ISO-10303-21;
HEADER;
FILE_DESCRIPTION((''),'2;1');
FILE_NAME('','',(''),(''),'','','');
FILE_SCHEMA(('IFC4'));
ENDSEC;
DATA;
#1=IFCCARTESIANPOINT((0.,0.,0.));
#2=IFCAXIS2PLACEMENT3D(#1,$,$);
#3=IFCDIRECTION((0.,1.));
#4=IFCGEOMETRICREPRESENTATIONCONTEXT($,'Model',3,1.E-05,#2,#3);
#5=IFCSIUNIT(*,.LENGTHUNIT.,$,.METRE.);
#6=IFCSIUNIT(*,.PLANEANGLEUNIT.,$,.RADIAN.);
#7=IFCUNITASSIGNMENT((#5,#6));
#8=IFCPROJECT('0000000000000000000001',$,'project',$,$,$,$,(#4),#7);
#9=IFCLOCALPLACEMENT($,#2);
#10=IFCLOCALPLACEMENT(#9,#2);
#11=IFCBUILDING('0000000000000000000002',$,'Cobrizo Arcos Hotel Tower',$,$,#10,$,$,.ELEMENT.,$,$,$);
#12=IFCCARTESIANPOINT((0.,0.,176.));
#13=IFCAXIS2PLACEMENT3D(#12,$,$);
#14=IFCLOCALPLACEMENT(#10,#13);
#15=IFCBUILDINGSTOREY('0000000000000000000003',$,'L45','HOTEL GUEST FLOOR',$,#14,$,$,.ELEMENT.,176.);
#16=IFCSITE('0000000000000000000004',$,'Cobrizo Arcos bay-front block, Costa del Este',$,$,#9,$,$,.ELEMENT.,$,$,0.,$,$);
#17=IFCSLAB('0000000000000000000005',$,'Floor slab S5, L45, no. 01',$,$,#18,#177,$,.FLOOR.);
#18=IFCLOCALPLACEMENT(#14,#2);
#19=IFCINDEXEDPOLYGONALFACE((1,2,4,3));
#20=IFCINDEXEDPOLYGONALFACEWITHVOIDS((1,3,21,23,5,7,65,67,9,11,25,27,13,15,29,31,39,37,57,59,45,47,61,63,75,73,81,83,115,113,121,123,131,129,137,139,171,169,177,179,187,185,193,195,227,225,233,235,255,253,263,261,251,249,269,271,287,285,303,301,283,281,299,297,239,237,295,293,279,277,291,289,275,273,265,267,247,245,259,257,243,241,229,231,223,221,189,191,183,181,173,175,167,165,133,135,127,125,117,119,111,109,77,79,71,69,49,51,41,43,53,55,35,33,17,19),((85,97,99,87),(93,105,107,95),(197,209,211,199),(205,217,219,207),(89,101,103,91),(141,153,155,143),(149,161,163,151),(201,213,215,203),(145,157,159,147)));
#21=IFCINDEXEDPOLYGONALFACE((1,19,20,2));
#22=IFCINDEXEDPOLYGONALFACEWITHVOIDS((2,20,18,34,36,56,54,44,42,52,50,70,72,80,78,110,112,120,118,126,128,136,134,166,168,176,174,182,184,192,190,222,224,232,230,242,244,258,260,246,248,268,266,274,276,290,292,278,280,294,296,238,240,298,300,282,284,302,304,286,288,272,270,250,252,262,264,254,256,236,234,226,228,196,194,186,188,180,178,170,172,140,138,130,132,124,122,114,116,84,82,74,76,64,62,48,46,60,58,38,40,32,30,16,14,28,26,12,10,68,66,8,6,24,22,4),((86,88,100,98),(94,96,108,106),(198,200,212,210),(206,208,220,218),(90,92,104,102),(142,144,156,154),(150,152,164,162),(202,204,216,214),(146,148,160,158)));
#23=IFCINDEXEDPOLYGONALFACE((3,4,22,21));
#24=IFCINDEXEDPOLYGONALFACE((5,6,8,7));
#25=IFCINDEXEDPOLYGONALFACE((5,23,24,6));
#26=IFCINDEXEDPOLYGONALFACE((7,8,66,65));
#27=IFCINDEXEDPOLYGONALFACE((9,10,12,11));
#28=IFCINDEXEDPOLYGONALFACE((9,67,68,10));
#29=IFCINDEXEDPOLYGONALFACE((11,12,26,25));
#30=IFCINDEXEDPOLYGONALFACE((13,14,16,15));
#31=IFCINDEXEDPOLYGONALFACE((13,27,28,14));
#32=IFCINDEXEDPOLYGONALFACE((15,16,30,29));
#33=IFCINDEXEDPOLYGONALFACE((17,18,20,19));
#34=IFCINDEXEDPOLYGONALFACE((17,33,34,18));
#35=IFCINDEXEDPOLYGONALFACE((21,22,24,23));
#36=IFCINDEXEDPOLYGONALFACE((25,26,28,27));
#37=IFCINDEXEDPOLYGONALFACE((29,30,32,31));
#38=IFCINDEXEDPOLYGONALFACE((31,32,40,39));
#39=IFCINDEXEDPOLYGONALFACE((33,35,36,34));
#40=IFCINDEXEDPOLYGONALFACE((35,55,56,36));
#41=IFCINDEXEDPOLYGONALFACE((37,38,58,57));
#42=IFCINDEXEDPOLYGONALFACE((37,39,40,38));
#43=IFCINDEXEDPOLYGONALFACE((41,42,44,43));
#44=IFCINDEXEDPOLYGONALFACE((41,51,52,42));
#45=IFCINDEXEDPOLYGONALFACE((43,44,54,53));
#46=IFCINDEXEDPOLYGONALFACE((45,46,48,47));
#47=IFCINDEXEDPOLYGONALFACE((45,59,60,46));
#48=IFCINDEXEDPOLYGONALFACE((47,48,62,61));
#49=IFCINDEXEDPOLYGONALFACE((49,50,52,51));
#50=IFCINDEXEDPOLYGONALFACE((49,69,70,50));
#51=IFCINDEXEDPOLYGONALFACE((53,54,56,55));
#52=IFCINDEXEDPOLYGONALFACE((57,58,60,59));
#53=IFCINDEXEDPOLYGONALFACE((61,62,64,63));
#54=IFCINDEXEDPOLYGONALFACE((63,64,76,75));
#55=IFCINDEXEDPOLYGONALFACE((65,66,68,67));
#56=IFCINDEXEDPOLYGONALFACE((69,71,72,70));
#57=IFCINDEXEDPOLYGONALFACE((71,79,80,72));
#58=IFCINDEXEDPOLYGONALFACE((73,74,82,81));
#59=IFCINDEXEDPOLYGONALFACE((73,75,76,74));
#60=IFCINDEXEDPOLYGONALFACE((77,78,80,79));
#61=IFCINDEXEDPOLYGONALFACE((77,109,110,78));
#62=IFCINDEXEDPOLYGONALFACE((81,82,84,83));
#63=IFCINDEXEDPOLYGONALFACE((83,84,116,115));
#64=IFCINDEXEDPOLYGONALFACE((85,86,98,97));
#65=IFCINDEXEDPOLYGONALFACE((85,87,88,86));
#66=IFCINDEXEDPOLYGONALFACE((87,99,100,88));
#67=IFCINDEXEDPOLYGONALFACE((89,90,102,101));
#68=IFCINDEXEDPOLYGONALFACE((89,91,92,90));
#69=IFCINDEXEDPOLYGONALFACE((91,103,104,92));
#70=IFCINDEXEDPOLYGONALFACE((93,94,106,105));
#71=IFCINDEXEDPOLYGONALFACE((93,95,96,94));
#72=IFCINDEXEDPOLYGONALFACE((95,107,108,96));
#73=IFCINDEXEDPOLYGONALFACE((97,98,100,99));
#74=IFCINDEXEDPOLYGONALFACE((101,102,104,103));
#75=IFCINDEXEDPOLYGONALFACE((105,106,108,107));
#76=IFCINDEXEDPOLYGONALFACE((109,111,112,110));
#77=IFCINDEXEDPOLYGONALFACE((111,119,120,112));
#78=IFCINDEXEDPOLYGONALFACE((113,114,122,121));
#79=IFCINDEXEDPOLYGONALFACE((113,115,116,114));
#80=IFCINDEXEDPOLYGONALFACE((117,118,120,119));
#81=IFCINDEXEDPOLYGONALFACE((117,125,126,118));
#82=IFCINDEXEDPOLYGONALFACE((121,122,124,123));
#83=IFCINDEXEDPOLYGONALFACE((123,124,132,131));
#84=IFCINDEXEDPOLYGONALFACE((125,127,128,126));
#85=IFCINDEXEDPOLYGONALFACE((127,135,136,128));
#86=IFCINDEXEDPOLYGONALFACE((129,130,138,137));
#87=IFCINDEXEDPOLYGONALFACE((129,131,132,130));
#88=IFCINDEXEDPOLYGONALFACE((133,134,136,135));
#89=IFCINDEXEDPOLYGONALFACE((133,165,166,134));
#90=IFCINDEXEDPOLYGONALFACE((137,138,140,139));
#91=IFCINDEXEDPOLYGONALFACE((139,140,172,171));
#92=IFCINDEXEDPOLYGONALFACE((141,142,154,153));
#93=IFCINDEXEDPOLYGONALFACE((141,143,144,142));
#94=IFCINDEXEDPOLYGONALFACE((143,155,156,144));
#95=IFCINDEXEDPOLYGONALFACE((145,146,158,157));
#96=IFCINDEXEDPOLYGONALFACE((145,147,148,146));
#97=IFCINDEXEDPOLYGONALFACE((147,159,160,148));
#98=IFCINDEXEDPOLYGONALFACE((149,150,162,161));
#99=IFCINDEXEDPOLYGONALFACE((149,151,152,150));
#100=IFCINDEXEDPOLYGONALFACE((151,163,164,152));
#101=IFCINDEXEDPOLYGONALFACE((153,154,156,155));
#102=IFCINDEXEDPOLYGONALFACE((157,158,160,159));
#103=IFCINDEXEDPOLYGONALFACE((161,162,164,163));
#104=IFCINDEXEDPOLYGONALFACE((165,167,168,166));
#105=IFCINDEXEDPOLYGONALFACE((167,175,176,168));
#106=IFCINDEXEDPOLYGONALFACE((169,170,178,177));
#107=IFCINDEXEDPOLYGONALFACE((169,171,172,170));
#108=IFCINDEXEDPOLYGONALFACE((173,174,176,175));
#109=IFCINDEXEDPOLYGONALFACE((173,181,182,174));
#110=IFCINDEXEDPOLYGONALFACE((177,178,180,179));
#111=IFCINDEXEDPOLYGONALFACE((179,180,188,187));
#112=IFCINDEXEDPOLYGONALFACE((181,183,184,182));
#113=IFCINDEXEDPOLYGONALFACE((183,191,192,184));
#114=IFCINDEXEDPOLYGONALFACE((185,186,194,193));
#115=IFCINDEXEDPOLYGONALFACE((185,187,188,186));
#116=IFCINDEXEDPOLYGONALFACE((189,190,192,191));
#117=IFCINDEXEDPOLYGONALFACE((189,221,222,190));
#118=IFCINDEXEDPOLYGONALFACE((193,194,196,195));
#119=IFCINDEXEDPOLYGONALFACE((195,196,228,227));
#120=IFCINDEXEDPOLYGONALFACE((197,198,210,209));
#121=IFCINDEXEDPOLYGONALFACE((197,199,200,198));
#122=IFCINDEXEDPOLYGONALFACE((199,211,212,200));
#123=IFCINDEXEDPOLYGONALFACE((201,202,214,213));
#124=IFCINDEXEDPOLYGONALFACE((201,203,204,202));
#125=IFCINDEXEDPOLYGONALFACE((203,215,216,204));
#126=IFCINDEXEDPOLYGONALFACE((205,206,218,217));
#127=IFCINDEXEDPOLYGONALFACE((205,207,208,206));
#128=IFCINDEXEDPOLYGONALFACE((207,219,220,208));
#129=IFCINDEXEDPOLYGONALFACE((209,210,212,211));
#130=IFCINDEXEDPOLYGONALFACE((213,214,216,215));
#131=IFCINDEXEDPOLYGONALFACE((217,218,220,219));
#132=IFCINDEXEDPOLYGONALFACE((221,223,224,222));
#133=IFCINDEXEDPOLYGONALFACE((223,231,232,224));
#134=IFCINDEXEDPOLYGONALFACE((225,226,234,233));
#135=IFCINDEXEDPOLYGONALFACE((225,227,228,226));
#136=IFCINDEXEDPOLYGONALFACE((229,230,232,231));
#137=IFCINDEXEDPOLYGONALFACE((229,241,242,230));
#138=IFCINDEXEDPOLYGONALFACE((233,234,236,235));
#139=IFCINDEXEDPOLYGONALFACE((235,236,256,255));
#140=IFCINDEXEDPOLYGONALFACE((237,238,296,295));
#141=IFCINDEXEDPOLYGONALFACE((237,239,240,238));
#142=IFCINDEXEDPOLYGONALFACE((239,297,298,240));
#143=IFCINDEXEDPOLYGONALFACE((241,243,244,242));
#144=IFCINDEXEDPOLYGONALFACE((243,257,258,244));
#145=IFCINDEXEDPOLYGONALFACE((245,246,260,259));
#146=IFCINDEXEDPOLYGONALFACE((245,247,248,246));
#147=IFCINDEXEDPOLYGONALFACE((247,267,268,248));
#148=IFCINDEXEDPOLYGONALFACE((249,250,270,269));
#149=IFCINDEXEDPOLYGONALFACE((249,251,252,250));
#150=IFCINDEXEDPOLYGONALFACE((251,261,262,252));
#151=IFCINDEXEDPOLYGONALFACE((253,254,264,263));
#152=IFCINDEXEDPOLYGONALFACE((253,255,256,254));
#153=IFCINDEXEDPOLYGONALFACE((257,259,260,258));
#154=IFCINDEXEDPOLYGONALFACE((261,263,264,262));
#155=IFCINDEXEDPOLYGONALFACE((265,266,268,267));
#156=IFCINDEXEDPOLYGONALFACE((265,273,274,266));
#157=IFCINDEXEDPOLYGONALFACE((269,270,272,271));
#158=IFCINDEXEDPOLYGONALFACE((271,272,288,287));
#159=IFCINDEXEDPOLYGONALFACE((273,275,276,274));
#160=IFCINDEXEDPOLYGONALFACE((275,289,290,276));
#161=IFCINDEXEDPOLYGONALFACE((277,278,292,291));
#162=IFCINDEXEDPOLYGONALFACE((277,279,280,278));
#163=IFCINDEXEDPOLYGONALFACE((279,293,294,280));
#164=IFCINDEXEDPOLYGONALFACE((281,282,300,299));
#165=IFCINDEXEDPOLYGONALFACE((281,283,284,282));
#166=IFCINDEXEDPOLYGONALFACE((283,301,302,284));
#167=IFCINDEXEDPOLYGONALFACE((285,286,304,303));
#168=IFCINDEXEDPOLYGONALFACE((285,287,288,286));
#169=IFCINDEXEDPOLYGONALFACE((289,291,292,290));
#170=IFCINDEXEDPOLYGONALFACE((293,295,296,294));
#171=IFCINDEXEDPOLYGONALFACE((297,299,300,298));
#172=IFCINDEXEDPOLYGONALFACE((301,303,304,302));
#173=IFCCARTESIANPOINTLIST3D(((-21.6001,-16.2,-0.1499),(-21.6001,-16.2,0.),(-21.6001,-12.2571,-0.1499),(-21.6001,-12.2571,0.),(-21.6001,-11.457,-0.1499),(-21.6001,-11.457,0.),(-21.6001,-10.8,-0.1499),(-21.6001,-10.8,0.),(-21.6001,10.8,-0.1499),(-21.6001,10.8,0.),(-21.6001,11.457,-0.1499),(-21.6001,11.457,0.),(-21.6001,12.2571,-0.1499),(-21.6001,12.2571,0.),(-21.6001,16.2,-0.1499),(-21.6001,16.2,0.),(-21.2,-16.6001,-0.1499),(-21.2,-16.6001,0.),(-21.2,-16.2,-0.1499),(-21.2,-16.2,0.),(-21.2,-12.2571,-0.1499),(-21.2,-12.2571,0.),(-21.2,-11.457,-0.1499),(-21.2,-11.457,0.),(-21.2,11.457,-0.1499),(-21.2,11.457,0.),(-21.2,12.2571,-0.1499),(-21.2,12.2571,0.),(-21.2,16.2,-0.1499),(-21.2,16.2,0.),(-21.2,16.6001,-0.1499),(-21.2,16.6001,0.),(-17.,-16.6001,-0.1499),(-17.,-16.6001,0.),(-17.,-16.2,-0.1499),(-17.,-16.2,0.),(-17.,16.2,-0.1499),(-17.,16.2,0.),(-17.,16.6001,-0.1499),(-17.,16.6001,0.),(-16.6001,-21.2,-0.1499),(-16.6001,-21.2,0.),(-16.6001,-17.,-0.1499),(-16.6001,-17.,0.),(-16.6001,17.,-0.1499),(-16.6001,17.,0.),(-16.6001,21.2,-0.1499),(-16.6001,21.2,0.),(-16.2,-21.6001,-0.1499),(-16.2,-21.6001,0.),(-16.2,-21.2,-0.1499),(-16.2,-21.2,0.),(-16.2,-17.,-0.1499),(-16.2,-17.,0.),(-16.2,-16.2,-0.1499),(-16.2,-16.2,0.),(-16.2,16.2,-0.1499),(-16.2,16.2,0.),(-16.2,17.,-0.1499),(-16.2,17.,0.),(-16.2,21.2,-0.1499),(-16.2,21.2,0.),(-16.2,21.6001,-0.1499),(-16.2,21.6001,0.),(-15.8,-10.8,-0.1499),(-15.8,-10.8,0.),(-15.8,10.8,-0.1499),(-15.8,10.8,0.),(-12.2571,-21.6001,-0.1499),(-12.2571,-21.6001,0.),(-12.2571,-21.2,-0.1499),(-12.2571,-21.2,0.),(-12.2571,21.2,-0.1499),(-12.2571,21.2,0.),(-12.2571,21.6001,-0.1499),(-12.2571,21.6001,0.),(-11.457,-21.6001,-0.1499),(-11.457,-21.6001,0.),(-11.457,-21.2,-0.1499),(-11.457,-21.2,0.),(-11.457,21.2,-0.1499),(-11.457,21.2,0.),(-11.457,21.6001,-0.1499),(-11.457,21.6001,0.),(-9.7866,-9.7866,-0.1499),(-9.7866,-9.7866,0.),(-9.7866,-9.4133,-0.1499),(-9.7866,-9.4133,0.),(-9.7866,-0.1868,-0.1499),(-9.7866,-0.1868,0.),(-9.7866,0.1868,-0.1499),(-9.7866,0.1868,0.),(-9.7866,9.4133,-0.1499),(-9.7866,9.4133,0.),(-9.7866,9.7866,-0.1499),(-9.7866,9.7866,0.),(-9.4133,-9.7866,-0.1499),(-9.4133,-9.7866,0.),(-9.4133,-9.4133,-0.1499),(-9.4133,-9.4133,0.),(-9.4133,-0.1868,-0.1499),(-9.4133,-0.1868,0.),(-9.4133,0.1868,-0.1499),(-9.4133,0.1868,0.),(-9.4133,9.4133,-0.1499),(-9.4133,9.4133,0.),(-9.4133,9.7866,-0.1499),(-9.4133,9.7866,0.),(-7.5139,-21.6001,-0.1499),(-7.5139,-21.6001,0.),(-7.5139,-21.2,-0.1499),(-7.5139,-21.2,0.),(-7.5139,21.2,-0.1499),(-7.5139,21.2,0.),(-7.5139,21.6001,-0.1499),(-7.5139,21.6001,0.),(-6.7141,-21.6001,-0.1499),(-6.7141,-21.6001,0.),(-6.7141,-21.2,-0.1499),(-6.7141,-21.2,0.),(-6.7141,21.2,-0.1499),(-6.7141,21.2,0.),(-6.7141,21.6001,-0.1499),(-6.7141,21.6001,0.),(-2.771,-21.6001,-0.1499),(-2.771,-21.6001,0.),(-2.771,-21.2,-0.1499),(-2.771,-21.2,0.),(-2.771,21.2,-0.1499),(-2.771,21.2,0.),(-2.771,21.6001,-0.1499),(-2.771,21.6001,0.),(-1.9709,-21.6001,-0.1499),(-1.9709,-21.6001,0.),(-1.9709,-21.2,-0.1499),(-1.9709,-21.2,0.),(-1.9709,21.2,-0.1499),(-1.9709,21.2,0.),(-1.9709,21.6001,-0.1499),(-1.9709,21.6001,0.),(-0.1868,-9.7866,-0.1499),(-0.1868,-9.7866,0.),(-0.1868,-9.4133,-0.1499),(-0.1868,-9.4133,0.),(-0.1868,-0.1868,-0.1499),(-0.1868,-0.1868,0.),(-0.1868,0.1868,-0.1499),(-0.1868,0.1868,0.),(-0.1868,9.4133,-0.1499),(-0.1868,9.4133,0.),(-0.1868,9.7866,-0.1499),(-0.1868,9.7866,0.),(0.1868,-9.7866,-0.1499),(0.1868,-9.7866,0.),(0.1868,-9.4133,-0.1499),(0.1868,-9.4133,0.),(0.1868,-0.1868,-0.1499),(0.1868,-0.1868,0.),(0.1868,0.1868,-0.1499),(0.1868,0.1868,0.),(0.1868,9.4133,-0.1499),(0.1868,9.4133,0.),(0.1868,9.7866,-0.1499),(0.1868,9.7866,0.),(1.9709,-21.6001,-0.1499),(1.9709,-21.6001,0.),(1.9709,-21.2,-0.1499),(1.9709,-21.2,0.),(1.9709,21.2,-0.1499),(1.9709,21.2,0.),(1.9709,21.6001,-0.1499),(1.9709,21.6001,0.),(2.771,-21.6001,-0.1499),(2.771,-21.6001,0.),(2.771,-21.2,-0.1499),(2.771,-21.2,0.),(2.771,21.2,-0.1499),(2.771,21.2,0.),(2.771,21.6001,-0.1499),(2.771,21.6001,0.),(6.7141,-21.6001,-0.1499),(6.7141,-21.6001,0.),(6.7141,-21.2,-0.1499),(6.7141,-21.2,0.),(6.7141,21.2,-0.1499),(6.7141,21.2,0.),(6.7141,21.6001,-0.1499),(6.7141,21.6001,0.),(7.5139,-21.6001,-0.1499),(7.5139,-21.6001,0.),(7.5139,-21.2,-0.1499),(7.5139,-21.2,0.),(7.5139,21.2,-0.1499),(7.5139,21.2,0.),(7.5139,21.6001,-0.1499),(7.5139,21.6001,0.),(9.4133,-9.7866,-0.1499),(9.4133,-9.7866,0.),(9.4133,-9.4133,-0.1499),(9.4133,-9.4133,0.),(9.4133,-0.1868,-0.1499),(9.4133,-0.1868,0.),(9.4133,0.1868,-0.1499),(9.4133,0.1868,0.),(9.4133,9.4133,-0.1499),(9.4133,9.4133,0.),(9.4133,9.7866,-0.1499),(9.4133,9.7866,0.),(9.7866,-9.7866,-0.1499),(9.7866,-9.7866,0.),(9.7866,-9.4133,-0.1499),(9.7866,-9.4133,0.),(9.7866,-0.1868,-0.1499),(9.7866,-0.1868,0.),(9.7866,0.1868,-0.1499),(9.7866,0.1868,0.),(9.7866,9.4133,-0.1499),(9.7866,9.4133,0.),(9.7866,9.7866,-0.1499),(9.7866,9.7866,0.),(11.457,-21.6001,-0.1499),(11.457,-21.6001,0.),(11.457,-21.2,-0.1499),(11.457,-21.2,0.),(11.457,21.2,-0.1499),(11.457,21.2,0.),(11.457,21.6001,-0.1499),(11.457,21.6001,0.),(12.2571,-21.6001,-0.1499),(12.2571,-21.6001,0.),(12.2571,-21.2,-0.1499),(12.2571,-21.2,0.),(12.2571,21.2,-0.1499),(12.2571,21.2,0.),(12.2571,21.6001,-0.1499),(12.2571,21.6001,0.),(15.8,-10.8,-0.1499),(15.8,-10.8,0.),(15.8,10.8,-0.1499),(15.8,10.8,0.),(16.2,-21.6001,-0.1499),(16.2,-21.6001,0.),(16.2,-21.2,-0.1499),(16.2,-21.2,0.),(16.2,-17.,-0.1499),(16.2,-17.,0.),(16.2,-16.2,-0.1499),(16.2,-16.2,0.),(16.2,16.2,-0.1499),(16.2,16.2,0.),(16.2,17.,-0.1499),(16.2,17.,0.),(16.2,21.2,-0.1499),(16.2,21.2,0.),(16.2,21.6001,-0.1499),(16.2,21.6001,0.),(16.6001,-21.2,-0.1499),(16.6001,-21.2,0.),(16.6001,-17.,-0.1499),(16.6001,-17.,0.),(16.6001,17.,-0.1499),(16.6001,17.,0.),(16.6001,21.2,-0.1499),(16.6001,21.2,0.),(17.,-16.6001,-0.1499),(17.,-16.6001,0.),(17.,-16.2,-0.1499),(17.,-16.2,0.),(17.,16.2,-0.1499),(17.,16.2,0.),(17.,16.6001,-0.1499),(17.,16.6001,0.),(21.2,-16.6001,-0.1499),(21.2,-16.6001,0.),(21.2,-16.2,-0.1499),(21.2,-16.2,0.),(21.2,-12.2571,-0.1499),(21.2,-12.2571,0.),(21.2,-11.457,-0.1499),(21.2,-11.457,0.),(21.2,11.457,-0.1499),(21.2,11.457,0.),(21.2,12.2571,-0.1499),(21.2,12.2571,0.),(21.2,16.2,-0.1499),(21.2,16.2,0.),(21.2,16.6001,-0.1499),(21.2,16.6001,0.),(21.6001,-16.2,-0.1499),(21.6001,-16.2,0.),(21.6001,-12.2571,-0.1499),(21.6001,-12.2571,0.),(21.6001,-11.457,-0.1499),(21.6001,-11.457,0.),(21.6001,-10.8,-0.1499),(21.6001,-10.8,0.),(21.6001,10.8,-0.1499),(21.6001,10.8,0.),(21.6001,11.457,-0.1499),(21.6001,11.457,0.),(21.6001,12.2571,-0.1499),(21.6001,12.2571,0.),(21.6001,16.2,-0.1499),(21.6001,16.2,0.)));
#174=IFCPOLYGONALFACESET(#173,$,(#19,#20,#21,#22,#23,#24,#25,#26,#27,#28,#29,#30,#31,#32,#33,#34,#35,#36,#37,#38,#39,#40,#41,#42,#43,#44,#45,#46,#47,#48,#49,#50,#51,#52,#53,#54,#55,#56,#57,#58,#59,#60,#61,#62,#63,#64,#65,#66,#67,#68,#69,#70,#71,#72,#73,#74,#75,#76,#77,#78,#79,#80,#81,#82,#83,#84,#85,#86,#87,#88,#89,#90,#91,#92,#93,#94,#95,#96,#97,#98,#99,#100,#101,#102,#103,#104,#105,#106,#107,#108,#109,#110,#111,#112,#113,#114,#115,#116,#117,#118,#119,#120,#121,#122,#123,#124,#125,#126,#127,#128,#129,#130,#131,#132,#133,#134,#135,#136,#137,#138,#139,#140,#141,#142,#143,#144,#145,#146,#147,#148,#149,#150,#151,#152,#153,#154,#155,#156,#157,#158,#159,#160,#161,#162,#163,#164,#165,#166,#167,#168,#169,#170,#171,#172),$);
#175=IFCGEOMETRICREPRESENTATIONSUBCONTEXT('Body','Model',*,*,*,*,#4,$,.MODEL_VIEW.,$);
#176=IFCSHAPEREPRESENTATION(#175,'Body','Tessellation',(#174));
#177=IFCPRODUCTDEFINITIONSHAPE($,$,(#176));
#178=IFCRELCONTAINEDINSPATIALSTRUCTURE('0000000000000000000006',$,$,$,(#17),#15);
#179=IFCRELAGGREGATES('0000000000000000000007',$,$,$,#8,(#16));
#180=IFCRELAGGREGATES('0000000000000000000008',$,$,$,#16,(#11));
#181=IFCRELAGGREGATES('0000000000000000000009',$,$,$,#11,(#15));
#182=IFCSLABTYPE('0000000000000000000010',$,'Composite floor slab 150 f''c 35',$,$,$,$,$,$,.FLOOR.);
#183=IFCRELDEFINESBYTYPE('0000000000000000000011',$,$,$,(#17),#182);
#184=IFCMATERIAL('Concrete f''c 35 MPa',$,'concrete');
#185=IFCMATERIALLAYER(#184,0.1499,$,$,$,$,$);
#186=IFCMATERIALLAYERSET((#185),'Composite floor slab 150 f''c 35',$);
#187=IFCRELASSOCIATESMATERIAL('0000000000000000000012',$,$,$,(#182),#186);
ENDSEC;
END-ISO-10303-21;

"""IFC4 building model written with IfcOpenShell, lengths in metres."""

from ifc_helpers import new_model, si_unit, direction, frame, origin, place, context, subcontext, project, spatial, polyline, outline, extrude, material, layer, layer_set, type_object, element, save


model = new_model("IFC4")

# Units and contexts
model_context = context("Model", 3, precision=1e-05, world=origin(), true_north=direction((0.0, 1.0)))
body_context = subcontext(model_context, "Body", "Model", "MODEL_VIEW")
ifc_project = project(units=[si_unit("LENGTHUNIT", "METRE"), si_unit("PLANEANGLEUNIT", "RADIAN")], contexts=[model_context])

# Site, building, storey
site_placement = place(None, origin())
site = spatial("IfcSite", under=ifc_project, at=site_placement, Name="Cobrizo Arcos bay-front block, Costa del Este", CompositionType="ELEMENT", RefElevation=0.0)
building_placement = place(site_placement, origin())
building = spatial("IfcBuilding", under=site, at=building_placement, Name="Cobrizo Arcos Hotel Tower", CompositionType="ELEMENT")
storey_placement = place(building_placement, frame((0.0, 0.0, 176.0)))
storey = spatial("IfcBuildingStorey", under=building, at=storey_placement, Name="L45", Description="HOTEL GUEST FLOOR", CompositionType="ELEMENT", Elevation=176.0)

# Slab
ifc_material_1 = material(Name="Concrete f'c 35 MPa", Category="concrete")
ifc_layer_1 = layer(ifc_material_1, 0.1499)
ifc_layer_set_1 = layer_set([ifc_layer_1], Name="Composite floor slab 150 f'c 35")
slab_type_1 = type_object("IfcSlabType", Name="Composite floor slab 150 f'c 35", PredefinedType="FLOOR", material=ifc_layer_set_1)
slab_1_placement = place(storey_placement, frame((0.0, 0.0, -0.1499)))
element("IfcSlab", 1, at=slab_1_placement, inside=storey, type_object=slab_type_1, Name="Floor slab S5, L45, no. 01", PredefinedType="FLOOR", context=body_context, shape_type="SweptSolid", body=[
    extrude(outline(polyline([(-16.2, -21.6001), (-16.2, -21.2), (-16.6001, -21.2), (-16.6001, -17.0), (-16.2, -17.0), (-16.2, -16.2), (-17.0, -16.2), (-17.0, -16.6001), (-21.2, -16.6001), (-21.2, -16.2), (-21.6001, -16.2), (-21.6001, -12.2571), (-21.2, -12.2571), (-21.2, -11.457), (-21.6001, -11.457), (-21.6001, -10.8), (-15.8, -10.8), (-15.8, 10.8), (-21.6001, 10.8), (-21.6001, 11.457), (-21.2, 11.457), (-21.2, 12.2571), (-21.6001, 12.2571), (-21.6001, 16.2), (-21.2, 16.2), (-21.2, 16.6001), (-17.0, 16.6001), (-17.0, 16.2), (-16.2, 16.2), (-16.2, 17.0), (-16.6001, 17.0), (-16.6001, 21.2), (-16.2, 21.2), (-16.2, 21.6001), (-12.2571, 21.6001), (-12.2571, 21.2), (-11.457, 21.2), (-11.457, 21.6001), (-7.5139, 21.6001), (-7.5139, 21.2), (-6.7141, 21.2), (-6.7141, 21.6001), (-2.771, 21.6001), (-2.771, 21.2), (-1.9709, 21.2), (-1.9709, 21.6001), (1.9709, 21.6001), (1.9709, 21.2), (2.771, 21.2), (2.771, 21.6001), (6.7141, 21.6001), (6.7141, 21.2), (7.5139, 21.2), (7.5139, 21.6001), (11.457, 21.6001), (11.457, 21.2), (12.2571, 21.2), (12.2571, 21.6001), (16.2, 21.6001), (16.2, 21.2), (16.6001, 21.2), (16.6001, 17.0), (16.2, 17.0), (16.2, 16.2), (17.0, 16.2), (17.0, 16.6001), (21.2, 16.6001), (21.2, 16.2), (21.6001, 16.2), (21.6001, 12.2571), (21.2, 12.2571), (21.2, 11.457), (21.6001, 11.457), (21.6001, 10.8), (15.8, 10.8), (15.8, -10.8), (21.6001, -10.8), (21.6001, -11.457), (21.2, -11.457), (21.2, -12.2571), (21.6001, -12.2571), (21.6001, -16.2), (21.2, -16.2), (21.2, -16.6001), (17.0, -16.6001), (17.0, -16.2), (16.2, -16.2), (16.2, -17.0), (16.6001, -17.0), (16.6001, -21.2), (16.2, -21.2), (16.2, -21.6001), (12.2571, -21.6001), (12.2571, -21.2), (11.457, -21.2), (11.457, -21.6001), (7.5139, -21.6001), (7.5139, -21.2), (6.7141, -21.2), (6.7141, -21.6001), (2.771, -21.6001), (2.771, -21.2), (1.9709, -21.2), (1.9709, -21.6001), (-1.9709, -21.6001), (-1.9709, -21.2), (-2.771, -21.2), (-2.771, -21.6001), (-6.7141, -21.6001), (-6.7141, -21.2), (-7.5139, -21.2), (-7.5139, -21.6001), (-11.457, -21.6001), (-11.457, -21.2), (-12.2571, -21.2), (-12.2571, -21.6001), (-16.2, -21.6001)]), holes=[polyline([(-0.1868, -9.7866), (0.1868, -9.7866), (0.1868, -9.4133), (-0.1868, -9.4133), (-0.1868, -9.7866)]), polyline([(-9.7866, -9.7866), (-9.4133, -9.7866), (-9.4133, -9.4133), (-9.7866, -9.4133), (-9.7866, -9.7866)]), polyline([(-9.4133, -0.1868), (-9.4133, 0.1868), (-9.7866, 0.1868), (-9.7866, -0.1868), (-9.4133, -0.1868)]), polyline([(0.1868, -0.1868), (0.1868, 0.1868), (-0.1868, 0.1868), (-0.1868, -0.1868), (0.1868, -0.1868)]), polyline([(-9.7866, 9.4133), (-9.4133, 9.4133), (-9.4133, 9.7866), (-9.7866, 9.7866), (-9.7866, 9.4133)]), polyline([(9.4133, -9.7866), (9.7866, -9.7866), (9.7866, -9.4133), (9.4133, -9.4133), (9.4133, -9.7866)]), polyline([(9.4133, -0.1868), (9.7866, -0.1868), (9.7866, 0.1868), (9.4133, 0.1868), (9.4133, -0.1868)]), polyline([(9.7866, 9.4133), (9.7866, 9.7866), (9.4133, 9.7866), (9.4133, 9.4133), (9.7866, 9.4133)]), polyline([(0.1868, 9.4133), (0.1868, 9.7866), (-0.1868, 9.7866), (-0.1868, 9.4133), (0.1868, 9.4133)])]), origin(), (0.0, 0.0, 1.0), 0.1499),
])

save(model, "model.ifc")
